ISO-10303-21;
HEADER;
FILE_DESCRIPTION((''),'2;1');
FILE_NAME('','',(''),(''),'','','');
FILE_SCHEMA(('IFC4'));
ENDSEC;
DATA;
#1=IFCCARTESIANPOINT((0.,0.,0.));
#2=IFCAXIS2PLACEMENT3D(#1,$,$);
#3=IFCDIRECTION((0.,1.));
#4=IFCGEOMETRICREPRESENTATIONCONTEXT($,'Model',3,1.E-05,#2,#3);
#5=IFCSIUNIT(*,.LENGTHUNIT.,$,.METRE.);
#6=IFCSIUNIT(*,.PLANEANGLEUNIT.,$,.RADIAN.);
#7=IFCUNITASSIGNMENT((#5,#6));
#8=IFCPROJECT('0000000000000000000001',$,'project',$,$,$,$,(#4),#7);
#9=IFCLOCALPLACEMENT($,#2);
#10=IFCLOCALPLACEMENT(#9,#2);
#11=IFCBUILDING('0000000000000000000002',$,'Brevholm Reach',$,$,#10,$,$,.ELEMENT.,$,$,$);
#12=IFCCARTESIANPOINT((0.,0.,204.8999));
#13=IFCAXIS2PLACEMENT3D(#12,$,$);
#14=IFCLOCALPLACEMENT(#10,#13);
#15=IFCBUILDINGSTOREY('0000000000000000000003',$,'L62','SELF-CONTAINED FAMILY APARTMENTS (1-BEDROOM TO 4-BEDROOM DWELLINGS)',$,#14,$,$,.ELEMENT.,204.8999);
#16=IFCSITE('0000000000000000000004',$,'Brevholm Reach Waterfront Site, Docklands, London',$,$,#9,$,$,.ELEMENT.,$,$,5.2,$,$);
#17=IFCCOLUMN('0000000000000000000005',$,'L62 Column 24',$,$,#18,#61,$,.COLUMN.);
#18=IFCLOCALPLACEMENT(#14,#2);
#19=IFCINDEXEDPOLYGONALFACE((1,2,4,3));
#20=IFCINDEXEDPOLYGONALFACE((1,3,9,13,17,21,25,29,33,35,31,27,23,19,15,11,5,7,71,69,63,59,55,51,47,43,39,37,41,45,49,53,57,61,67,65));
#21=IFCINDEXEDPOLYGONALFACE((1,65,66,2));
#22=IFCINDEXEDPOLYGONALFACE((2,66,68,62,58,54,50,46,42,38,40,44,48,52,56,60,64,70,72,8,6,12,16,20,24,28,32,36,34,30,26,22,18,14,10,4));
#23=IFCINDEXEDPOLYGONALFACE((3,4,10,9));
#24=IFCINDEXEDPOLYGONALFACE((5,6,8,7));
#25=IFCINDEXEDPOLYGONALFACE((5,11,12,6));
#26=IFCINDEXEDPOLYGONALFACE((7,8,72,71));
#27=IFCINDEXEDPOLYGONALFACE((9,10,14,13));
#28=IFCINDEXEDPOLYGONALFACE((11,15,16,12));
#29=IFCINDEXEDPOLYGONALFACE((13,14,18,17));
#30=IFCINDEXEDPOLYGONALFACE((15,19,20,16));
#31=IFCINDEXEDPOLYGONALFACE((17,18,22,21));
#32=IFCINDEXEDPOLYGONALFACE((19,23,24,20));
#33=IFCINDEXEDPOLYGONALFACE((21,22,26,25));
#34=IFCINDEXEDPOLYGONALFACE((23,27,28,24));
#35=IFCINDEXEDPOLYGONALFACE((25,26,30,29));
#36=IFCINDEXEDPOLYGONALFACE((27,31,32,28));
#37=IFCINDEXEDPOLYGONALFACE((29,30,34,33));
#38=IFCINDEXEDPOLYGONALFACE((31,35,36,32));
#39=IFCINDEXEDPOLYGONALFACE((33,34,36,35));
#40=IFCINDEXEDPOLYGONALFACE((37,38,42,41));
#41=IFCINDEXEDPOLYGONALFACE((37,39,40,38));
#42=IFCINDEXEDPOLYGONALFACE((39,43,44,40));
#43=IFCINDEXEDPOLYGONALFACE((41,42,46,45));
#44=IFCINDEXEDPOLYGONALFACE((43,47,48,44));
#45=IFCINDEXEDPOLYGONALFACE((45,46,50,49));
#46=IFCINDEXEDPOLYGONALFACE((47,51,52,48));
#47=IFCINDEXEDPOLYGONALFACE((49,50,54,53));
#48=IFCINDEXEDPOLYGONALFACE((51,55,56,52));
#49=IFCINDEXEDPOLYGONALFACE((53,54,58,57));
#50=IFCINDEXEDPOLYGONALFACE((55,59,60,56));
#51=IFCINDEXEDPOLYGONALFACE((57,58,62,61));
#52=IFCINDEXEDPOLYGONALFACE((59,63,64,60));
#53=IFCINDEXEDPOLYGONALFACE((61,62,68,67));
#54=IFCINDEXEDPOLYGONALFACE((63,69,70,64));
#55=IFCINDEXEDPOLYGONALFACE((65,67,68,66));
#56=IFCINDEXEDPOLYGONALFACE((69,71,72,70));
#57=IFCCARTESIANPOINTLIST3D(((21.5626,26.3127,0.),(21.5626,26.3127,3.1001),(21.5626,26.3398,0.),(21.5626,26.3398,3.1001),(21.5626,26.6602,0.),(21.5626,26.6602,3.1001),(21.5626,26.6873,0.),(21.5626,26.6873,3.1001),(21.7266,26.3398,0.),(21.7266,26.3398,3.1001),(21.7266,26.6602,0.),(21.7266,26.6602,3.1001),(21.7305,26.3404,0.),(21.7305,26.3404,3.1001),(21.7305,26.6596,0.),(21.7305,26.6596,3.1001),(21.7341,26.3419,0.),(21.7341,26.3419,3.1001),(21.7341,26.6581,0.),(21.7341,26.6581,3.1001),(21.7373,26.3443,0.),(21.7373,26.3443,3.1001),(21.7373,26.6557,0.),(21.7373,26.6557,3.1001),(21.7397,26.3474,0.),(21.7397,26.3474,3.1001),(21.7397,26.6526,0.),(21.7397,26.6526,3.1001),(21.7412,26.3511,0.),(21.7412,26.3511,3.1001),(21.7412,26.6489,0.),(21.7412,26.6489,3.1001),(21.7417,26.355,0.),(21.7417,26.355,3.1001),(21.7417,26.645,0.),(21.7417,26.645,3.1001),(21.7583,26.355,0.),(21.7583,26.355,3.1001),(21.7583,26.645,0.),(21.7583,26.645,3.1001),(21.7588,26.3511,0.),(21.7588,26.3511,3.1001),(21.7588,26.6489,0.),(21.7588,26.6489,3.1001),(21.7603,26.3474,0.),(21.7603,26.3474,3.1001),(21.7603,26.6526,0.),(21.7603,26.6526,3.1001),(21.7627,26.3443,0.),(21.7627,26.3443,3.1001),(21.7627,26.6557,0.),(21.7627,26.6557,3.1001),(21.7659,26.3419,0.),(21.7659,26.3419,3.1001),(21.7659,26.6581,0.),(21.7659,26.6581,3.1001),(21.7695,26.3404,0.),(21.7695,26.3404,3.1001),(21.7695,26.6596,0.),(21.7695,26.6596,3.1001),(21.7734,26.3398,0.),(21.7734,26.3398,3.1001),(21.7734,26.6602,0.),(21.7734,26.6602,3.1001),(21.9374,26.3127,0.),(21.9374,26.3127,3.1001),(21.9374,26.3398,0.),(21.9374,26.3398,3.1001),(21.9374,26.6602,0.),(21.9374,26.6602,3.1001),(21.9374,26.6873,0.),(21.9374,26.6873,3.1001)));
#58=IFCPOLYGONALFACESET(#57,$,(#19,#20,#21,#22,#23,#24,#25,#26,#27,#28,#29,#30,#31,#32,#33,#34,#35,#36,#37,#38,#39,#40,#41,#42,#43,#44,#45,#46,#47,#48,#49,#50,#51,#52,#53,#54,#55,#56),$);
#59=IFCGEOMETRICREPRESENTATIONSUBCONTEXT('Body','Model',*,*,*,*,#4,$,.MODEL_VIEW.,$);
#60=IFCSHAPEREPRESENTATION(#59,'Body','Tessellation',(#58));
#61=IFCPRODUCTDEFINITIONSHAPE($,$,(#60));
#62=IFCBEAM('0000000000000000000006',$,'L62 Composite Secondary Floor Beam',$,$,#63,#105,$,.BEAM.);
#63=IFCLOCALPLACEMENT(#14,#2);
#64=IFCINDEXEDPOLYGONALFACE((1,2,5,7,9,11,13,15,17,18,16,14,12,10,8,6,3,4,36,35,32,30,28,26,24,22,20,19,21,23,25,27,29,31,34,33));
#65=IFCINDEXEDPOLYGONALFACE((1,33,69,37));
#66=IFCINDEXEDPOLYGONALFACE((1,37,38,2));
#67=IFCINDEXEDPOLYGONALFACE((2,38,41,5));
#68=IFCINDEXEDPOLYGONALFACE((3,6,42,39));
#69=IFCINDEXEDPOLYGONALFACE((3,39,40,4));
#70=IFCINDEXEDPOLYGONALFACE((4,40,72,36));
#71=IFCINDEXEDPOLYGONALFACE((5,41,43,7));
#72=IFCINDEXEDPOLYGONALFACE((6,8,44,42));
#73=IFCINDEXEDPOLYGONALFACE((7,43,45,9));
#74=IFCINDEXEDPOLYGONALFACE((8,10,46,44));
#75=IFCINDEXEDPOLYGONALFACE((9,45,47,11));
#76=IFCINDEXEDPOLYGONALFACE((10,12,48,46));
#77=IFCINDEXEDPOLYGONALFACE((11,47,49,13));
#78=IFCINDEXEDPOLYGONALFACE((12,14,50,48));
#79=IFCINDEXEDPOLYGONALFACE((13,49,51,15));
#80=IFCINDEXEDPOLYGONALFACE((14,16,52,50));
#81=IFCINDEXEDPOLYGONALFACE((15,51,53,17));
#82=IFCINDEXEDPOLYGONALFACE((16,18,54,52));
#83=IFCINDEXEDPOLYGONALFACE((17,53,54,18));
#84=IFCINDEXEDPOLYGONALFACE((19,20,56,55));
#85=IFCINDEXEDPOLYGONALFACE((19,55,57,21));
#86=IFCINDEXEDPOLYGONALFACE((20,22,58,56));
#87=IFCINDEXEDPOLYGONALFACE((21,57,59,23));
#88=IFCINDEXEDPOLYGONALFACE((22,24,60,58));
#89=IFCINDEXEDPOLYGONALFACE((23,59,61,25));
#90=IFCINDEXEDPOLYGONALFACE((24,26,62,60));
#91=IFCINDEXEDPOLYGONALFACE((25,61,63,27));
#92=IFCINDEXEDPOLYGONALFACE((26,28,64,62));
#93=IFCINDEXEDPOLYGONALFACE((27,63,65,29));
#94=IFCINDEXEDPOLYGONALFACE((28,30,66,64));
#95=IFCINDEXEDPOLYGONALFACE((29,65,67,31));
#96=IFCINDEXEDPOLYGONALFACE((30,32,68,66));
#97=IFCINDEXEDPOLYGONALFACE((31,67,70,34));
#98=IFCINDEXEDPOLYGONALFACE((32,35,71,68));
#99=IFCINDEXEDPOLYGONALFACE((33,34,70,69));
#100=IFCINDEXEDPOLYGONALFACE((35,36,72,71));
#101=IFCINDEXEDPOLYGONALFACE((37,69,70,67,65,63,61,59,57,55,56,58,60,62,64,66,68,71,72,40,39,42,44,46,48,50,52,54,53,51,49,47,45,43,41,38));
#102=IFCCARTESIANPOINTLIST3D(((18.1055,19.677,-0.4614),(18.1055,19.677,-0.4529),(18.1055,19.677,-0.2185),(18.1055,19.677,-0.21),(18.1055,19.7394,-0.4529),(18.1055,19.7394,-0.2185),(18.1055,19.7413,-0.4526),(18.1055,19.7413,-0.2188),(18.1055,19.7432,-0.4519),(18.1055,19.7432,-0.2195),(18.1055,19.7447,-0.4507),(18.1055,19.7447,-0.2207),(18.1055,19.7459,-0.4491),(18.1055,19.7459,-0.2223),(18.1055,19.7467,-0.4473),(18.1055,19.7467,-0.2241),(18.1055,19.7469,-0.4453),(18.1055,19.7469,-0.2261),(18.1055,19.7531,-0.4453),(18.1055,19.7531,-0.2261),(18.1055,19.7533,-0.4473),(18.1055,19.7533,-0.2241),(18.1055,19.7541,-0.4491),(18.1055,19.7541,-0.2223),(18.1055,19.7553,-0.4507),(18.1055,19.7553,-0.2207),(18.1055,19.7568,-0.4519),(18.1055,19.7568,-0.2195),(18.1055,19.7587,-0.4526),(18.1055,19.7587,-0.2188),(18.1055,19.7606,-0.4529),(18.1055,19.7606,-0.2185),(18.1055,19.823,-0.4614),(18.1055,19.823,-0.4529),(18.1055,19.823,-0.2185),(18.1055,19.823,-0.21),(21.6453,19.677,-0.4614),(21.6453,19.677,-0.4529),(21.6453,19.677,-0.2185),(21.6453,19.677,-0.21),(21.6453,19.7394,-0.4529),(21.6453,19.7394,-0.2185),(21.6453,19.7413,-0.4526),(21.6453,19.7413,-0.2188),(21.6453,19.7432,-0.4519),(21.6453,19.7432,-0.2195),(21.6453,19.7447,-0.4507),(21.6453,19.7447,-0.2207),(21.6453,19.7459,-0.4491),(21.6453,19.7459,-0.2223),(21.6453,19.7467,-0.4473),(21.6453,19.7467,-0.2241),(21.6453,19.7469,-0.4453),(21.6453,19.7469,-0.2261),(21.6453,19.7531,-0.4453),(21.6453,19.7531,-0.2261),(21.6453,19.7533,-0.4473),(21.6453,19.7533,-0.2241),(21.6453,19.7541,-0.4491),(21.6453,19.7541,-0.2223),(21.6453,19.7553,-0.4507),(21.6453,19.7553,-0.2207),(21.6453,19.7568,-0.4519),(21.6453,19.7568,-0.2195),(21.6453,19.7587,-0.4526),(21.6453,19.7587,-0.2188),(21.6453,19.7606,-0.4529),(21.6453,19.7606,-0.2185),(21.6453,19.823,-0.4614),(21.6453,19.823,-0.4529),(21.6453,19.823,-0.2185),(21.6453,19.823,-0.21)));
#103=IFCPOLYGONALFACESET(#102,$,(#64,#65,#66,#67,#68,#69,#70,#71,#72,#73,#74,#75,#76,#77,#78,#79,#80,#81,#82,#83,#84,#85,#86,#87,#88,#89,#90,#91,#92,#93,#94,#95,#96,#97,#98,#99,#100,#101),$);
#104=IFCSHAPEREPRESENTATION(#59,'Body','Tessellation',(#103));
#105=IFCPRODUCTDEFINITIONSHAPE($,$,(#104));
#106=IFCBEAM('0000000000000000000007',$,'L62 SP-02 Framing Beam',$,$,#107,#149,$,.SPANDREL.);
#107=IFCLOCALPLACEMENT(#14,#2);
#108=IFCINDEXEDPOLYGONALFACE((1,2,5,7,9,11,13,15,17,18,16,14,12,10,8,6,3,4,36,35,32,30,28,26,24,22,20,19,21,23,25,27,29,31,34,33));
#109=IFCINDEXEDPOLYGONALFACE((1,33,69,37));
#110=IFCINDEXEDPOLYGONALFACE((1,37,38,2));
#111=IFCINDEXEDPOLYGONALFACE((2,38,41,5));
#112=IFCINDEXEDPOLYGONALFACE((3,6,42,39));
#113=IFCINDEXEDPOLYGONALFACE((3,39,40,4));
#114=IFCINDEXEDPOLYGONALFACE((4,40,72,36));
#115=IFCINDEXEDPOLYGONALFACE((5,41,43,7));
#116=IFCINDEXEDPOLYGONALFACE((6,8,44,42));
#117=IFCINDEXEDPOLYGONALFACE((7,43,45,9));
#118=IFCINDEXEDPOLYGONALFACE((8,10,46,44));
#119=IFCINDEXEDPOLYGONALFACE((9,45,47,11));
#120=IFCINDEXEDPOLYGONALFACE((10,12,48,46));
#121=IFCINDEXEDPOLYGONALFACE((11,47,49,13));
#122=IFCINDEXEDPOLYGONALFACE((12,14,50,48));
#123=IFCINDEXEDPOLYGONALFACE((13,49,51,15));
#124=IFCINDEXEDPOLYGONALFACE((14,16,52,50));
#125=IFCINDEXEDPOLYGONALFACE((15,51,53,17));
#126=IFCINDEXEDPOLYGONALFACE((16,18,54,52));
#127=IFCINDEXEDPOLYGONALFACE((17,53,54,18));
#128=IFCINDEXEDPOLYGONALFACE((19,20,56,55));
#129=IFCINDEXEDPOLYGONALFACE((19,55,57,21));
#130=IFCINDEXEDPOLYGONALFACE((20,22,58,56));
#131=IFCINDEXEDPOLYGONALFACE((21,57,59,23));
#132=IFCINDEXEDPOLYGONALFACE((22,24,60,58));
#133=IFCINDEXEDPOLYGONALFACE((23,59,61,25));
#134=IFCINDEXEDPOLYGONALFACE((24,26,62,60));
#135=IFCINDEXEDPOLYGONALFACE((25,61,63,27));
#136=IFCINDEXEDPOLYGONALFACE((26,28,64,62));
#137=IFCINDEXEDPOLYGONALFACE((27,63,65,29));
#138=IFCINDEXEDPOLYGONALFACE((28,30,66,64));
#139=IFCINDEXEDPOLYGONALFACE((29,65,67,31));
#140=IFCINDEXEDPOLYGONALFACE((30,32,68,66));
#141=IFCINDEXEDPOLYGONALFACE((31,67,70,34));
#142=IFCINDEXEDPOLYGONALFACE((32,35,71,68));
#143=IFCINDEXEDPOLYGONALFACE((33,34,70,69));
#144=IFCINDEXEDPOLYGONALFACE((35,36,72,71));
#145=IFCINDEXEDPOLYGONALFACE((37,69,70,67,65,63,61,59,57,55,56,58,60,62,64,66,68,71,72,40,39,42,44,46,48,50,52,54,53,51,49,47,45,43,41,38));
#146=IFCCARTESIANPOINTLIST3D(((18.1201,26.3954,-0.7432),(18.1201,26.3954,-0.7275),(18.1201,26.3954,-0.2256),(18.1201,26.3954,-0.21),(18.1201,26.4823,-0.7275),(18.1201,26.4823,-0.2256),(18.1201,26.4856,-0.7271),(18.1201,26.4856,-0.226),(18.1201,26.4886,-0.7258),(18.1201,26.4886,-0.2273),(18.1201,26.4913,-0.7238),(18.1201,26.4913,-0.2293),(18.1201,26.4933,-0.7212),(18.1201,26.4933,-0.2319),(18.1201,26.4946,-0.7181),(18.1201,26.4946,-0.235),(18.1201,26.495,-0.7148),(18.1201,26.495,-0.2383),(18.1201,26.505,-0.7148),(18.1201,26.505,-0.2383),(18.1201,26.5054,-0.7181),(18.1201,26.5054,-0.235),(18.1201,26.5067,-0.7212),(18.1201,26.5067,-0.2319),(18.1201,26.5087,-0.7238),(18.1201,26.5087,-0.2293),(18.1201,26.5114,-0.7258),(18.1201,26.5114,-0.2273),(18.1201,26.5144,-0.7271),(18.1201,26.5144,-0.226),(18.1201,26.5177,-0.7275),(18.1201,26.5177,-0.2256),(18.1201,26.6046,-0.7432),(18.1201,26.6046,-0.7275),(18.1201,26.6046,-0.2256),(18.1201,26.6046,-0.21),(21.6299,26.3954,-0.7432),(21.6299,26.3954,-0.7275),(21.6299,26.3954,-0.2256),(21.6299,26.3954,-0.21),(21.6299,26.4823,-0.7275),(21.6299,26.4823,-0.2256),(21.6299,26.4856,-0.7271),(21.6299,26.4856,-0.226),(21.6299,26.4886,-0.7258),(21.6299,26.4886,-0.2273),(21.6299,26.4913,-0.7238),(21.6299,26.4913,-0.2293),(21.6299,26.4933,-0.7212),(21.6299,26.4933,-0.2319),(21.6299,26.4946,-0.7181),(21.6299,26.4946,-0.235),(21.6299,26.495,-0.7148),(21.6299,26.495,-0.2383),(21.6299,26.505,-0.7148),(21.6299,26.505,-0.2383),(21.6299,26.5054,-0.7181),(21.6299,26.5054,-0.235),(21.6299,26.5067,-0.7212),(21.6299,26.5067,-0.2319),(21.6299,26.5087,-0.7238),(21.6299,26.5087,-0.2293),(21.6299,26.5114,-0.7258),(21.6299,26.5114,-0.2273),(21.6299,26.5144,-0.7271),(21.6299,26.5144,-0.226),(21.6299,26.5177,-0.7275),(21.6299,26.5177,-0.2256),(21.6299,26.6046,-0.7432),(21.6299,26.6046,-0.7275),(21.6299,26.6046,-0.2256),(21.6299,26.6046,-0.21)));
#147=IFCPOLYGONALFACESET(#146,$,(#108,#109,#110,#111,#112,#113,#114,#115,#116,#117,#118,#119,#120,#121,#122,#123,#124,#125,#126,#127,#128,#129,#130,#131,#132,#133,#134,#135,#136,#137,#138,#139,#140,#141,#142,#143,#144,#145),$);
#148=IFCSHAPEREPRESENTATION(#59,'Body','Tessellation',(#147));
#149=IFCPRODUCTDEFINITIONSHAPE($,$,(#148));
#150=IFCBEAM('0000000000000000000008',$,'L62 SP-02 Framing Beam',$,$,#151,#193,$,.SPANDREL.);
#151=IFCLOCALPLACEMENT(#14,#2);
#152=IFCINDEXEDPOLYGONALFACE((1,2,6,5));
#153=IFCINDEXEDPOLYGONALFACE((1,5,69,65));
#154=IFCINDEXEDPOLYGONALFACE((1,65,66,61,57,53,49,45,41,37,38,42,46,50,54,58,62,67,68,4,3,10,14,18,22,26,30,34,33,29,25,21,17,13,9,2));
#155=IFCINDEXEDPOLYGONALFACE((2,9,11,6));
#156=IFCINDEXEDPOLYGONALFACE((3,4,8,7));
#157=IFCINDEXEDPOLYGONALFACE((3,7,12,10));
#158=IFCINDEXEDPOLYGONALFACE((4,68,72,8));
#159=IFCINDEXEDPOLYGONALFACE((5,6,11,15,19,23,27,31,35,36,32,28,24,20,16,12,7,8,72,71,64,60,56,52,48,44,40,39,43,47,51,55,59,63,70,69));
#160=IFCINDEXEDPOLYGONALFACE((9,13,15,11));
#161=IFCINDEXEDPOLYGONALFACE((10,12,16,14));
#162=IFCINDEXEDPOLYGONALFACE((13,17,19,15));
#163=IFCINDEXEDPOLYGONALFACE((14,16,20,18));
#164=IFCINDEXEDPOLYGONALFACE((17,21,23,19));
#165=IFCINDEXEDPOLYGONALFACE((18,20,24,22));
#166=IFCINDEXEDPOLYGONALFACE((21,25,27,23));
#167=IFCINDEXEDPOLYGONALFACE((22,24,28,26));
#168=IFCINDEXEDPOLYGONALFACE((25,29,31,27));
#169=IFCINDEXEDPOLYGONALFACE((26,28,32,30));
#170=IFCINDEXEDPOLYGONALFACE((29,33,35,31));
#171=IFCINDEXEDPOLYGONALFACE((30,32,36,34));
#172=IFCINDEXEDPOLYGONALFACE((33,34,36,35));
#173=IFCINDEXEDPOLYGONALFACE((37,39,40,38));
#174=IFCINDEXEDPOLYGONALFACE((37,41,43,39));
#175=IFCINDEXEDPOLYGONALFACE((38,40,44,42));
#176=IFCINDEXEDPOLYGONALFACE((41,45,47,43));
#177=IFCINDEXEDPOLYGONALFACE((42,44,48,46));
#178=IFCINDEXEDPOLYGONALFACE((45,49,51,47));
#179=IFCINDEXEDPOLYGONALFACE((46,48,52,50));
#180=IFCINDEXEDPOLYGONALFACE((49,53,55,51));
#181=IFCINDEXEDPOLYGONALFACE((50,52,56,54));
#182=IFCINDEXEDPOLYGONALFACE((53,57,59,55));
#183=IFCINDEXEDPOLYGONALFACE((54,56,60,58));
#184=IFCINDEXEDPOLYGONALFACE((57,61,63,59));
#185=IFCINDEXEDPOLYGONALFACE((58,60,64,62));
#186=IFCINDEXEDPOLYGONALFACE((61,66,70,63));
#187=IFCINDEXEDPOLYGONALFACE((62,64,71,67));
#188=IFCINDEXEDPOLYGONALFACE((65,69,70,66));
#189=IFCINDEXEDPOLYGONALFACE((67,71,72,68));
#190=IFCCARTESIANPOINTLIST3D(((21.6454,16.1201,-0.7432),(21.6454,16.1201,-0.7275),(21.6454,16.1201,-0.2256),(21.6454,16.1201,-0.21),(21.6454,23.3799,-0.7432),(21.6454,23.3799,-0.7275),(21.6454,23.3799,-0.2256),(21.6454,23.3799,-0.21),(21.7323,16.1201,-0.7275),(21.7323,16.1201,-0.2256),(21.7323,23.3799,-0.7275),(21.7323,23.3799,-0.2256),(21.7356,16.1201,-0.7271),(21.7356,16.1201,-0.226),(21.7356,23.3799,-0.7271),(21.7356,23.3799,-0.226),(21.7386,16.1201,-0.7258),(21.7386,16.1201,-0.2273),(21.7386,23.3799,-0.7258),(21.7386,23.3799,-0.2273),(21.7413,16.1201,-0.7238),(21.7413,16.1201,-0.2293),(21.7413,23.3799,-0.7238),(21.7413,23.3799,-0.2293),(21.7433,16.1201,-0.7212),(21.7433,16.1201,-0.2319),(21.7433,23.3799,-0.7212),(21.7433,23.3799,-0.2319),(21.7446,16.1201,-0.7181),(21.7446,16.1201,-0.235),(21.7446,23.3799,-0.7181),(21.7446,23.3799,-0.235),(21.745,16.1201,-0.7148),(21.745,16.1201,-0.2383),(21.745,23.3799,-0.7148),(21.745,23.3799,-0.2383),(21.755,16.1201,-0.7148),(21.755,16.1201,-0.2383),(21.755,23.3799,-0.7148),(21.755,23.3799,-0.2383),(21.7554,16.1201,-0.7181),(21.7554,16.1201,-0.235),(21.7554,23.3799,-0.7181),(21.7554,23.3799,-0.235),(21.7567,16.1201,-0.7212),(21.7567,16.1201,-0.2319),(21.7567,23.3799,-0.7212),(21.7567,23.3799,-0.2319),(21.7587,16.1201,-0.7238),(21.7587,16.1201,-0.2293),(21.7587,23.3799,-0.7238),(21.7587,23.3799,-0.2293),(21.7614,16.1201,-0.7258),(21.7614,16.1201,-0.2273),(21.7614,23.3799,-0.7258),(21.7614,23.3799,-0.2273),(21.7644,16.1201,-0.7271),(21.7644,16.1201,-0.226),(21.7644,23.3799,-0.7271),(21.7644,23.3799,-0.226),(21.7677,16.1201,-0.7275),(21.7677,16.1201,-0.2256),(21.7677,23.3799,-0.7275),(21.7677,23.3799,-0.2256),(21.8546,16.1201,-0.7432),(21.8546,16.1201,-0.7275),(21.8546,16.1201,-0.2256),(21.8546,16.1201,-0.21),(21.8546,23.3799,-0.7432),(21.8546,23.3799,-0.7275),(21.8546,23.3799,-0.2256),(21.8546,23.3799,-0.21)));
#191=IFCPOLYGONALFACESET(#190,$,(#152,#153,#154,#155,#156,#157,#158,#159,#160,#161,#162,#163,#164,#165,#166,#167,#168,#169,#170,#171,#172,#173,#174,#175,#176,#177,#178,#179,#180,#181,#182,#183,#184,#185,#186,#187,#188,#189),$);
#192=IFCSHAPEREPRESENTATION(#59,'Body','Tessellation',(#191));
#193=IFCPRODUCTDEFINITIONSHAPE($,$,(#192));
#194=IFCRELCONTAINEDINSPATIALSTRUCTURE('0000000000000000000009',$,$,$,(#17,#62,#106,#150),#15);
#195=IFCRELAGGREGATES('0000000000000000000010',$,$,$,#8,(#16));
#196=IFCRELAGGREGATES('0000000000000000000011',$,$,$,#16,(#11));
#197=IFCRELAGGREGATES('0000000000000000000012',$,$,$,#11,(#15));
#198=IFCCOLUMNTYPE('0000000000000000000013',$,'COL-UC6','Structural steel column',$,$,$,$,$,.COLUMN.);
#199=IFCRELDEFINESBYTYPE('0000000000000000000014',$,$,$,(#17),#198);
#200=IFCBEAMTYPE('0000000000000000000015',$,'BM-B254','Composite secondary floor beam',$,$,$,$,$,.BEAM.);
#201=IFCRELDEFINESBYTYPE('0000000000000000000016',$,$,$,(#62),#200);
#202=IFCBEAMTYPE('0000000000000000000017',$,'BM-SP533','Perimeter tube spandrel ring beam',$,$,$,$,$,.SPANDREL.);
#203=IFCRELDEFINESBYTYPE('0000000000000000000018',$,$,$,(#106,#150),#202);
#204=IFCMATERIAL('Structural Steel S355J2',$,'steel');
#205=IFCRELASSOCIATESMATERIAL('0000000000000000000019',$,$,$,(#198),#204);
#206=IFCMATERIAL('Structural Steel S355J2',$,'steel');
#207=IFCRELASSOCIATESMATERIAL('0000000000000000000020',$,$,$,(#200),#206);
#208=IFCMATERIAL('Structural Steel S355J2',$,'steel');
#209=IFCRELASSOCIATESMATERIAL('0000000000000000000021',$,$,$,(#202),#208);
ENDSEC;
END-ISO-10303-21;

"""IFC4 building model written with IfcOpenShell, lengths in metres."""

from ifc_helpers import new_model, si_unit, direction, frame, origin, origin_2d, place, context, subcontext, project, spatial, i_section, extrude, material, material_profile, profile_set, type_object, element, save


model = new_model("IFC4")

# Units and contexts
model_context = context("Model", 3, precision=1e-05, world=origin(), true_north=direction((0.0, 1.0)))
body_context = subcontext(model_context, "Body", "Model", "MODEL_VIEW")
ifc_project = project(units=[si_unit("LENGTHUNIT", "METRE"), si_unit("PLANEANGLEUNIT", "RADIAN")], contexts=[model_context])

# Site, building, storey
site_placement = place(None, origin())
site = spatial("IfcSite", under=ifc_project, at=site_placement, Name="Brevholm Reach Waterfront Site, Docklands, London", CompositionType="ELEMENT", RefElevation=5.2)
building_placement = place(site_placement, origin())
building = spatial("IfcBuilding", under=site, at=building_placement, Name="Brevholm Reach", CompositionType="ELEMENT")
storey_placement = place(building_placement, frame((0.0, 0.0, 204.8999)))
storey = spatial("IfcBuildingStorey", under=building, at=storey_placement, Name="L62", Description="SELF-CONTAINED FAMILY APARTMENTS (1-BEDROOM TO 4-BEDROOM DWELLINGS)", CompositionType="ELEMENT", Elevation=204.8999)

# Column
ifc_material_1 = material(Name="Structural Steel S355J2", Category="steel")
ifc_material_profile_1 = material_profile(ifc_material_1, i_section(OverallWidth=0.3748, OverallDepth=0.3745, WebThickness=0.0166, FlangeThickness=0.0271, FilletRadius=0.0151, at=origin_2d()), Name="UKC 356x368x202")
ifc_profile_set_1 = profile_set([ifc_material_profile_1], Name="Structural Steel S355J2")
column_type = type_object("IfcColumnType", Name="COL-UC6", Description="Structural steel column", PredefinedType="COLUMN", material=ifc_profile_set_1)
for number, where, z_axis, x_axis, name in (
    (1, (21.75, 26.5, 0.0), (0.0, 0.0, 1.0), (1.0, 0.0, 0.0), "L62 Column 24"),
):
    element("IfcColumn", number, at=place(storey_placement, frame(where, z_axis=z_axis, x_axis=x_axis)), inside=storey, type_object=column_type, Name=name, PredefinedType="COLUMN", context=body_context, shape_type="SweptSolid", body=[
        extrude(i_section(OverallWidth=0.3748, OverallDepth=0.3745, WebThickness=0.0166, FlangeThickness=0.0271, FilletRadius=0.0151, at=origin_2d()), origin(), (0.0, 0.0, 1.0), 3.1001),
    ])

# Beams
ifc_material_2 = material(Name="Structural Steel S355J2", Category="steel")
ifc_material_profile_2 = material_profile(ifc_material_2, i_section(OverallWidth=0.146, OverallDepth=0.2515, WebThickness=0.0061, FlangeThickness=0.0085, FilletRadius=0.0076, at=origin_2d()), Name="UKB 254x146x31")
ifc_profile_set_2 = profile_set([ifc_material_profile_2], Name="Structural Steel S355J2")
beam_type_1 = type_object("IfcBeamType", Name="BM-B254", Description="Composite secondary floor beam", PredefinedType="BEAM", material=ifc_profile_set_2)
beam_1_placement = place(storey_placement, frame((18.1055, 19.75, -0.3357), z_axis=(1.0, 0.0, 0.0), x_axis=(0.0, 1.0, 0.0)))
element("IfcBeam", 2, at=beam_1_placement, inside=storey, type_object=beam_type_1, Name="L62 Composite Secondary Floor Beam", PredefinedType="BEAM", context=body_context, shape_type="SweptSolid", body=[
    extrude(i_section(OverallWidth=0.146, OverallDepth=0.2515, WebThickness=0.0061, FlangeThickness=0.0085, FilletRadius=0.0076, at=origin_2d()), origin(), (0.0, 0.0, 1.0), 3.5398),
])
ifc_material_3 = material(Name="Structural Steel S355J2", Category="steel")
ifc_material_profile_3 = material_profile(ifc_material_3, i_section(OverallWidth=0.2092, OverallDepth=0.5332, WebThickness=0.01, FlangeThickness=0.0156, FilletRadius=0.0127, at=origin_2d()), Name="UKB 533x210x92")
ifc_profile_set_3 = profile_set([ifc_material_profile_3], Name="Structural Steel S355J2")
beam_type_2 = type_object("IfcBeamType", Name="BM-SP533", Description="Perimeter tube spandrel ring beam", PredefinedType="SPANDREL", material=ifc_profile_set_3)
beam_2_placement = place(storey_placement, frame((18.1201, 26.5, -0.4766), z_axis=(1.0, 0.0, 0.0), x_axis=(0.0, 1.0, 0.0)))
element("IfcBeam", 3, at=beam_2_placement, inside=storey, type_object=beam_type_2, Name="L62 SP-02 Framing Beam", PredefinedType="SPANDREL", context=body_context, shape_type="SweptSolid", body=[
    extrude(i_section(OverallWidth=0.2092, OverallDepth=0.5332, WebThickness=0.01, FlangeThickness=0.0156, FilletRadius=0.0127, at=origin_2d()), origin(), (0.0, 0.0, 1.0), 3.5098),
])
beam_3_placement = place(storey_placement, frame((21.75, 16.1201, -0.4766), z_axis=(0.0, 1.0, 0.0), x_axis=(-1.0, 0.0, 0.0)))
element("IfcBeam", 4, at=beam_3_placement, inside=storey, type_object=beam_type_2, Name="L62 SP-02 Framing Beam", PredefinedType="SPANDREL", context=body_context, shape_type="SweptSolid", body=[
    extrude(i_section(OverallWidth=0.2092, OverallDepth=0.5332, WebThickness=0.01, FlangeThickness=0.0156, FilletRadius=0.0127, at=origin_2d()), origin(), (0.0, 0.0, 1.0), 7.2598),
])

save(model, "model.ifc")
